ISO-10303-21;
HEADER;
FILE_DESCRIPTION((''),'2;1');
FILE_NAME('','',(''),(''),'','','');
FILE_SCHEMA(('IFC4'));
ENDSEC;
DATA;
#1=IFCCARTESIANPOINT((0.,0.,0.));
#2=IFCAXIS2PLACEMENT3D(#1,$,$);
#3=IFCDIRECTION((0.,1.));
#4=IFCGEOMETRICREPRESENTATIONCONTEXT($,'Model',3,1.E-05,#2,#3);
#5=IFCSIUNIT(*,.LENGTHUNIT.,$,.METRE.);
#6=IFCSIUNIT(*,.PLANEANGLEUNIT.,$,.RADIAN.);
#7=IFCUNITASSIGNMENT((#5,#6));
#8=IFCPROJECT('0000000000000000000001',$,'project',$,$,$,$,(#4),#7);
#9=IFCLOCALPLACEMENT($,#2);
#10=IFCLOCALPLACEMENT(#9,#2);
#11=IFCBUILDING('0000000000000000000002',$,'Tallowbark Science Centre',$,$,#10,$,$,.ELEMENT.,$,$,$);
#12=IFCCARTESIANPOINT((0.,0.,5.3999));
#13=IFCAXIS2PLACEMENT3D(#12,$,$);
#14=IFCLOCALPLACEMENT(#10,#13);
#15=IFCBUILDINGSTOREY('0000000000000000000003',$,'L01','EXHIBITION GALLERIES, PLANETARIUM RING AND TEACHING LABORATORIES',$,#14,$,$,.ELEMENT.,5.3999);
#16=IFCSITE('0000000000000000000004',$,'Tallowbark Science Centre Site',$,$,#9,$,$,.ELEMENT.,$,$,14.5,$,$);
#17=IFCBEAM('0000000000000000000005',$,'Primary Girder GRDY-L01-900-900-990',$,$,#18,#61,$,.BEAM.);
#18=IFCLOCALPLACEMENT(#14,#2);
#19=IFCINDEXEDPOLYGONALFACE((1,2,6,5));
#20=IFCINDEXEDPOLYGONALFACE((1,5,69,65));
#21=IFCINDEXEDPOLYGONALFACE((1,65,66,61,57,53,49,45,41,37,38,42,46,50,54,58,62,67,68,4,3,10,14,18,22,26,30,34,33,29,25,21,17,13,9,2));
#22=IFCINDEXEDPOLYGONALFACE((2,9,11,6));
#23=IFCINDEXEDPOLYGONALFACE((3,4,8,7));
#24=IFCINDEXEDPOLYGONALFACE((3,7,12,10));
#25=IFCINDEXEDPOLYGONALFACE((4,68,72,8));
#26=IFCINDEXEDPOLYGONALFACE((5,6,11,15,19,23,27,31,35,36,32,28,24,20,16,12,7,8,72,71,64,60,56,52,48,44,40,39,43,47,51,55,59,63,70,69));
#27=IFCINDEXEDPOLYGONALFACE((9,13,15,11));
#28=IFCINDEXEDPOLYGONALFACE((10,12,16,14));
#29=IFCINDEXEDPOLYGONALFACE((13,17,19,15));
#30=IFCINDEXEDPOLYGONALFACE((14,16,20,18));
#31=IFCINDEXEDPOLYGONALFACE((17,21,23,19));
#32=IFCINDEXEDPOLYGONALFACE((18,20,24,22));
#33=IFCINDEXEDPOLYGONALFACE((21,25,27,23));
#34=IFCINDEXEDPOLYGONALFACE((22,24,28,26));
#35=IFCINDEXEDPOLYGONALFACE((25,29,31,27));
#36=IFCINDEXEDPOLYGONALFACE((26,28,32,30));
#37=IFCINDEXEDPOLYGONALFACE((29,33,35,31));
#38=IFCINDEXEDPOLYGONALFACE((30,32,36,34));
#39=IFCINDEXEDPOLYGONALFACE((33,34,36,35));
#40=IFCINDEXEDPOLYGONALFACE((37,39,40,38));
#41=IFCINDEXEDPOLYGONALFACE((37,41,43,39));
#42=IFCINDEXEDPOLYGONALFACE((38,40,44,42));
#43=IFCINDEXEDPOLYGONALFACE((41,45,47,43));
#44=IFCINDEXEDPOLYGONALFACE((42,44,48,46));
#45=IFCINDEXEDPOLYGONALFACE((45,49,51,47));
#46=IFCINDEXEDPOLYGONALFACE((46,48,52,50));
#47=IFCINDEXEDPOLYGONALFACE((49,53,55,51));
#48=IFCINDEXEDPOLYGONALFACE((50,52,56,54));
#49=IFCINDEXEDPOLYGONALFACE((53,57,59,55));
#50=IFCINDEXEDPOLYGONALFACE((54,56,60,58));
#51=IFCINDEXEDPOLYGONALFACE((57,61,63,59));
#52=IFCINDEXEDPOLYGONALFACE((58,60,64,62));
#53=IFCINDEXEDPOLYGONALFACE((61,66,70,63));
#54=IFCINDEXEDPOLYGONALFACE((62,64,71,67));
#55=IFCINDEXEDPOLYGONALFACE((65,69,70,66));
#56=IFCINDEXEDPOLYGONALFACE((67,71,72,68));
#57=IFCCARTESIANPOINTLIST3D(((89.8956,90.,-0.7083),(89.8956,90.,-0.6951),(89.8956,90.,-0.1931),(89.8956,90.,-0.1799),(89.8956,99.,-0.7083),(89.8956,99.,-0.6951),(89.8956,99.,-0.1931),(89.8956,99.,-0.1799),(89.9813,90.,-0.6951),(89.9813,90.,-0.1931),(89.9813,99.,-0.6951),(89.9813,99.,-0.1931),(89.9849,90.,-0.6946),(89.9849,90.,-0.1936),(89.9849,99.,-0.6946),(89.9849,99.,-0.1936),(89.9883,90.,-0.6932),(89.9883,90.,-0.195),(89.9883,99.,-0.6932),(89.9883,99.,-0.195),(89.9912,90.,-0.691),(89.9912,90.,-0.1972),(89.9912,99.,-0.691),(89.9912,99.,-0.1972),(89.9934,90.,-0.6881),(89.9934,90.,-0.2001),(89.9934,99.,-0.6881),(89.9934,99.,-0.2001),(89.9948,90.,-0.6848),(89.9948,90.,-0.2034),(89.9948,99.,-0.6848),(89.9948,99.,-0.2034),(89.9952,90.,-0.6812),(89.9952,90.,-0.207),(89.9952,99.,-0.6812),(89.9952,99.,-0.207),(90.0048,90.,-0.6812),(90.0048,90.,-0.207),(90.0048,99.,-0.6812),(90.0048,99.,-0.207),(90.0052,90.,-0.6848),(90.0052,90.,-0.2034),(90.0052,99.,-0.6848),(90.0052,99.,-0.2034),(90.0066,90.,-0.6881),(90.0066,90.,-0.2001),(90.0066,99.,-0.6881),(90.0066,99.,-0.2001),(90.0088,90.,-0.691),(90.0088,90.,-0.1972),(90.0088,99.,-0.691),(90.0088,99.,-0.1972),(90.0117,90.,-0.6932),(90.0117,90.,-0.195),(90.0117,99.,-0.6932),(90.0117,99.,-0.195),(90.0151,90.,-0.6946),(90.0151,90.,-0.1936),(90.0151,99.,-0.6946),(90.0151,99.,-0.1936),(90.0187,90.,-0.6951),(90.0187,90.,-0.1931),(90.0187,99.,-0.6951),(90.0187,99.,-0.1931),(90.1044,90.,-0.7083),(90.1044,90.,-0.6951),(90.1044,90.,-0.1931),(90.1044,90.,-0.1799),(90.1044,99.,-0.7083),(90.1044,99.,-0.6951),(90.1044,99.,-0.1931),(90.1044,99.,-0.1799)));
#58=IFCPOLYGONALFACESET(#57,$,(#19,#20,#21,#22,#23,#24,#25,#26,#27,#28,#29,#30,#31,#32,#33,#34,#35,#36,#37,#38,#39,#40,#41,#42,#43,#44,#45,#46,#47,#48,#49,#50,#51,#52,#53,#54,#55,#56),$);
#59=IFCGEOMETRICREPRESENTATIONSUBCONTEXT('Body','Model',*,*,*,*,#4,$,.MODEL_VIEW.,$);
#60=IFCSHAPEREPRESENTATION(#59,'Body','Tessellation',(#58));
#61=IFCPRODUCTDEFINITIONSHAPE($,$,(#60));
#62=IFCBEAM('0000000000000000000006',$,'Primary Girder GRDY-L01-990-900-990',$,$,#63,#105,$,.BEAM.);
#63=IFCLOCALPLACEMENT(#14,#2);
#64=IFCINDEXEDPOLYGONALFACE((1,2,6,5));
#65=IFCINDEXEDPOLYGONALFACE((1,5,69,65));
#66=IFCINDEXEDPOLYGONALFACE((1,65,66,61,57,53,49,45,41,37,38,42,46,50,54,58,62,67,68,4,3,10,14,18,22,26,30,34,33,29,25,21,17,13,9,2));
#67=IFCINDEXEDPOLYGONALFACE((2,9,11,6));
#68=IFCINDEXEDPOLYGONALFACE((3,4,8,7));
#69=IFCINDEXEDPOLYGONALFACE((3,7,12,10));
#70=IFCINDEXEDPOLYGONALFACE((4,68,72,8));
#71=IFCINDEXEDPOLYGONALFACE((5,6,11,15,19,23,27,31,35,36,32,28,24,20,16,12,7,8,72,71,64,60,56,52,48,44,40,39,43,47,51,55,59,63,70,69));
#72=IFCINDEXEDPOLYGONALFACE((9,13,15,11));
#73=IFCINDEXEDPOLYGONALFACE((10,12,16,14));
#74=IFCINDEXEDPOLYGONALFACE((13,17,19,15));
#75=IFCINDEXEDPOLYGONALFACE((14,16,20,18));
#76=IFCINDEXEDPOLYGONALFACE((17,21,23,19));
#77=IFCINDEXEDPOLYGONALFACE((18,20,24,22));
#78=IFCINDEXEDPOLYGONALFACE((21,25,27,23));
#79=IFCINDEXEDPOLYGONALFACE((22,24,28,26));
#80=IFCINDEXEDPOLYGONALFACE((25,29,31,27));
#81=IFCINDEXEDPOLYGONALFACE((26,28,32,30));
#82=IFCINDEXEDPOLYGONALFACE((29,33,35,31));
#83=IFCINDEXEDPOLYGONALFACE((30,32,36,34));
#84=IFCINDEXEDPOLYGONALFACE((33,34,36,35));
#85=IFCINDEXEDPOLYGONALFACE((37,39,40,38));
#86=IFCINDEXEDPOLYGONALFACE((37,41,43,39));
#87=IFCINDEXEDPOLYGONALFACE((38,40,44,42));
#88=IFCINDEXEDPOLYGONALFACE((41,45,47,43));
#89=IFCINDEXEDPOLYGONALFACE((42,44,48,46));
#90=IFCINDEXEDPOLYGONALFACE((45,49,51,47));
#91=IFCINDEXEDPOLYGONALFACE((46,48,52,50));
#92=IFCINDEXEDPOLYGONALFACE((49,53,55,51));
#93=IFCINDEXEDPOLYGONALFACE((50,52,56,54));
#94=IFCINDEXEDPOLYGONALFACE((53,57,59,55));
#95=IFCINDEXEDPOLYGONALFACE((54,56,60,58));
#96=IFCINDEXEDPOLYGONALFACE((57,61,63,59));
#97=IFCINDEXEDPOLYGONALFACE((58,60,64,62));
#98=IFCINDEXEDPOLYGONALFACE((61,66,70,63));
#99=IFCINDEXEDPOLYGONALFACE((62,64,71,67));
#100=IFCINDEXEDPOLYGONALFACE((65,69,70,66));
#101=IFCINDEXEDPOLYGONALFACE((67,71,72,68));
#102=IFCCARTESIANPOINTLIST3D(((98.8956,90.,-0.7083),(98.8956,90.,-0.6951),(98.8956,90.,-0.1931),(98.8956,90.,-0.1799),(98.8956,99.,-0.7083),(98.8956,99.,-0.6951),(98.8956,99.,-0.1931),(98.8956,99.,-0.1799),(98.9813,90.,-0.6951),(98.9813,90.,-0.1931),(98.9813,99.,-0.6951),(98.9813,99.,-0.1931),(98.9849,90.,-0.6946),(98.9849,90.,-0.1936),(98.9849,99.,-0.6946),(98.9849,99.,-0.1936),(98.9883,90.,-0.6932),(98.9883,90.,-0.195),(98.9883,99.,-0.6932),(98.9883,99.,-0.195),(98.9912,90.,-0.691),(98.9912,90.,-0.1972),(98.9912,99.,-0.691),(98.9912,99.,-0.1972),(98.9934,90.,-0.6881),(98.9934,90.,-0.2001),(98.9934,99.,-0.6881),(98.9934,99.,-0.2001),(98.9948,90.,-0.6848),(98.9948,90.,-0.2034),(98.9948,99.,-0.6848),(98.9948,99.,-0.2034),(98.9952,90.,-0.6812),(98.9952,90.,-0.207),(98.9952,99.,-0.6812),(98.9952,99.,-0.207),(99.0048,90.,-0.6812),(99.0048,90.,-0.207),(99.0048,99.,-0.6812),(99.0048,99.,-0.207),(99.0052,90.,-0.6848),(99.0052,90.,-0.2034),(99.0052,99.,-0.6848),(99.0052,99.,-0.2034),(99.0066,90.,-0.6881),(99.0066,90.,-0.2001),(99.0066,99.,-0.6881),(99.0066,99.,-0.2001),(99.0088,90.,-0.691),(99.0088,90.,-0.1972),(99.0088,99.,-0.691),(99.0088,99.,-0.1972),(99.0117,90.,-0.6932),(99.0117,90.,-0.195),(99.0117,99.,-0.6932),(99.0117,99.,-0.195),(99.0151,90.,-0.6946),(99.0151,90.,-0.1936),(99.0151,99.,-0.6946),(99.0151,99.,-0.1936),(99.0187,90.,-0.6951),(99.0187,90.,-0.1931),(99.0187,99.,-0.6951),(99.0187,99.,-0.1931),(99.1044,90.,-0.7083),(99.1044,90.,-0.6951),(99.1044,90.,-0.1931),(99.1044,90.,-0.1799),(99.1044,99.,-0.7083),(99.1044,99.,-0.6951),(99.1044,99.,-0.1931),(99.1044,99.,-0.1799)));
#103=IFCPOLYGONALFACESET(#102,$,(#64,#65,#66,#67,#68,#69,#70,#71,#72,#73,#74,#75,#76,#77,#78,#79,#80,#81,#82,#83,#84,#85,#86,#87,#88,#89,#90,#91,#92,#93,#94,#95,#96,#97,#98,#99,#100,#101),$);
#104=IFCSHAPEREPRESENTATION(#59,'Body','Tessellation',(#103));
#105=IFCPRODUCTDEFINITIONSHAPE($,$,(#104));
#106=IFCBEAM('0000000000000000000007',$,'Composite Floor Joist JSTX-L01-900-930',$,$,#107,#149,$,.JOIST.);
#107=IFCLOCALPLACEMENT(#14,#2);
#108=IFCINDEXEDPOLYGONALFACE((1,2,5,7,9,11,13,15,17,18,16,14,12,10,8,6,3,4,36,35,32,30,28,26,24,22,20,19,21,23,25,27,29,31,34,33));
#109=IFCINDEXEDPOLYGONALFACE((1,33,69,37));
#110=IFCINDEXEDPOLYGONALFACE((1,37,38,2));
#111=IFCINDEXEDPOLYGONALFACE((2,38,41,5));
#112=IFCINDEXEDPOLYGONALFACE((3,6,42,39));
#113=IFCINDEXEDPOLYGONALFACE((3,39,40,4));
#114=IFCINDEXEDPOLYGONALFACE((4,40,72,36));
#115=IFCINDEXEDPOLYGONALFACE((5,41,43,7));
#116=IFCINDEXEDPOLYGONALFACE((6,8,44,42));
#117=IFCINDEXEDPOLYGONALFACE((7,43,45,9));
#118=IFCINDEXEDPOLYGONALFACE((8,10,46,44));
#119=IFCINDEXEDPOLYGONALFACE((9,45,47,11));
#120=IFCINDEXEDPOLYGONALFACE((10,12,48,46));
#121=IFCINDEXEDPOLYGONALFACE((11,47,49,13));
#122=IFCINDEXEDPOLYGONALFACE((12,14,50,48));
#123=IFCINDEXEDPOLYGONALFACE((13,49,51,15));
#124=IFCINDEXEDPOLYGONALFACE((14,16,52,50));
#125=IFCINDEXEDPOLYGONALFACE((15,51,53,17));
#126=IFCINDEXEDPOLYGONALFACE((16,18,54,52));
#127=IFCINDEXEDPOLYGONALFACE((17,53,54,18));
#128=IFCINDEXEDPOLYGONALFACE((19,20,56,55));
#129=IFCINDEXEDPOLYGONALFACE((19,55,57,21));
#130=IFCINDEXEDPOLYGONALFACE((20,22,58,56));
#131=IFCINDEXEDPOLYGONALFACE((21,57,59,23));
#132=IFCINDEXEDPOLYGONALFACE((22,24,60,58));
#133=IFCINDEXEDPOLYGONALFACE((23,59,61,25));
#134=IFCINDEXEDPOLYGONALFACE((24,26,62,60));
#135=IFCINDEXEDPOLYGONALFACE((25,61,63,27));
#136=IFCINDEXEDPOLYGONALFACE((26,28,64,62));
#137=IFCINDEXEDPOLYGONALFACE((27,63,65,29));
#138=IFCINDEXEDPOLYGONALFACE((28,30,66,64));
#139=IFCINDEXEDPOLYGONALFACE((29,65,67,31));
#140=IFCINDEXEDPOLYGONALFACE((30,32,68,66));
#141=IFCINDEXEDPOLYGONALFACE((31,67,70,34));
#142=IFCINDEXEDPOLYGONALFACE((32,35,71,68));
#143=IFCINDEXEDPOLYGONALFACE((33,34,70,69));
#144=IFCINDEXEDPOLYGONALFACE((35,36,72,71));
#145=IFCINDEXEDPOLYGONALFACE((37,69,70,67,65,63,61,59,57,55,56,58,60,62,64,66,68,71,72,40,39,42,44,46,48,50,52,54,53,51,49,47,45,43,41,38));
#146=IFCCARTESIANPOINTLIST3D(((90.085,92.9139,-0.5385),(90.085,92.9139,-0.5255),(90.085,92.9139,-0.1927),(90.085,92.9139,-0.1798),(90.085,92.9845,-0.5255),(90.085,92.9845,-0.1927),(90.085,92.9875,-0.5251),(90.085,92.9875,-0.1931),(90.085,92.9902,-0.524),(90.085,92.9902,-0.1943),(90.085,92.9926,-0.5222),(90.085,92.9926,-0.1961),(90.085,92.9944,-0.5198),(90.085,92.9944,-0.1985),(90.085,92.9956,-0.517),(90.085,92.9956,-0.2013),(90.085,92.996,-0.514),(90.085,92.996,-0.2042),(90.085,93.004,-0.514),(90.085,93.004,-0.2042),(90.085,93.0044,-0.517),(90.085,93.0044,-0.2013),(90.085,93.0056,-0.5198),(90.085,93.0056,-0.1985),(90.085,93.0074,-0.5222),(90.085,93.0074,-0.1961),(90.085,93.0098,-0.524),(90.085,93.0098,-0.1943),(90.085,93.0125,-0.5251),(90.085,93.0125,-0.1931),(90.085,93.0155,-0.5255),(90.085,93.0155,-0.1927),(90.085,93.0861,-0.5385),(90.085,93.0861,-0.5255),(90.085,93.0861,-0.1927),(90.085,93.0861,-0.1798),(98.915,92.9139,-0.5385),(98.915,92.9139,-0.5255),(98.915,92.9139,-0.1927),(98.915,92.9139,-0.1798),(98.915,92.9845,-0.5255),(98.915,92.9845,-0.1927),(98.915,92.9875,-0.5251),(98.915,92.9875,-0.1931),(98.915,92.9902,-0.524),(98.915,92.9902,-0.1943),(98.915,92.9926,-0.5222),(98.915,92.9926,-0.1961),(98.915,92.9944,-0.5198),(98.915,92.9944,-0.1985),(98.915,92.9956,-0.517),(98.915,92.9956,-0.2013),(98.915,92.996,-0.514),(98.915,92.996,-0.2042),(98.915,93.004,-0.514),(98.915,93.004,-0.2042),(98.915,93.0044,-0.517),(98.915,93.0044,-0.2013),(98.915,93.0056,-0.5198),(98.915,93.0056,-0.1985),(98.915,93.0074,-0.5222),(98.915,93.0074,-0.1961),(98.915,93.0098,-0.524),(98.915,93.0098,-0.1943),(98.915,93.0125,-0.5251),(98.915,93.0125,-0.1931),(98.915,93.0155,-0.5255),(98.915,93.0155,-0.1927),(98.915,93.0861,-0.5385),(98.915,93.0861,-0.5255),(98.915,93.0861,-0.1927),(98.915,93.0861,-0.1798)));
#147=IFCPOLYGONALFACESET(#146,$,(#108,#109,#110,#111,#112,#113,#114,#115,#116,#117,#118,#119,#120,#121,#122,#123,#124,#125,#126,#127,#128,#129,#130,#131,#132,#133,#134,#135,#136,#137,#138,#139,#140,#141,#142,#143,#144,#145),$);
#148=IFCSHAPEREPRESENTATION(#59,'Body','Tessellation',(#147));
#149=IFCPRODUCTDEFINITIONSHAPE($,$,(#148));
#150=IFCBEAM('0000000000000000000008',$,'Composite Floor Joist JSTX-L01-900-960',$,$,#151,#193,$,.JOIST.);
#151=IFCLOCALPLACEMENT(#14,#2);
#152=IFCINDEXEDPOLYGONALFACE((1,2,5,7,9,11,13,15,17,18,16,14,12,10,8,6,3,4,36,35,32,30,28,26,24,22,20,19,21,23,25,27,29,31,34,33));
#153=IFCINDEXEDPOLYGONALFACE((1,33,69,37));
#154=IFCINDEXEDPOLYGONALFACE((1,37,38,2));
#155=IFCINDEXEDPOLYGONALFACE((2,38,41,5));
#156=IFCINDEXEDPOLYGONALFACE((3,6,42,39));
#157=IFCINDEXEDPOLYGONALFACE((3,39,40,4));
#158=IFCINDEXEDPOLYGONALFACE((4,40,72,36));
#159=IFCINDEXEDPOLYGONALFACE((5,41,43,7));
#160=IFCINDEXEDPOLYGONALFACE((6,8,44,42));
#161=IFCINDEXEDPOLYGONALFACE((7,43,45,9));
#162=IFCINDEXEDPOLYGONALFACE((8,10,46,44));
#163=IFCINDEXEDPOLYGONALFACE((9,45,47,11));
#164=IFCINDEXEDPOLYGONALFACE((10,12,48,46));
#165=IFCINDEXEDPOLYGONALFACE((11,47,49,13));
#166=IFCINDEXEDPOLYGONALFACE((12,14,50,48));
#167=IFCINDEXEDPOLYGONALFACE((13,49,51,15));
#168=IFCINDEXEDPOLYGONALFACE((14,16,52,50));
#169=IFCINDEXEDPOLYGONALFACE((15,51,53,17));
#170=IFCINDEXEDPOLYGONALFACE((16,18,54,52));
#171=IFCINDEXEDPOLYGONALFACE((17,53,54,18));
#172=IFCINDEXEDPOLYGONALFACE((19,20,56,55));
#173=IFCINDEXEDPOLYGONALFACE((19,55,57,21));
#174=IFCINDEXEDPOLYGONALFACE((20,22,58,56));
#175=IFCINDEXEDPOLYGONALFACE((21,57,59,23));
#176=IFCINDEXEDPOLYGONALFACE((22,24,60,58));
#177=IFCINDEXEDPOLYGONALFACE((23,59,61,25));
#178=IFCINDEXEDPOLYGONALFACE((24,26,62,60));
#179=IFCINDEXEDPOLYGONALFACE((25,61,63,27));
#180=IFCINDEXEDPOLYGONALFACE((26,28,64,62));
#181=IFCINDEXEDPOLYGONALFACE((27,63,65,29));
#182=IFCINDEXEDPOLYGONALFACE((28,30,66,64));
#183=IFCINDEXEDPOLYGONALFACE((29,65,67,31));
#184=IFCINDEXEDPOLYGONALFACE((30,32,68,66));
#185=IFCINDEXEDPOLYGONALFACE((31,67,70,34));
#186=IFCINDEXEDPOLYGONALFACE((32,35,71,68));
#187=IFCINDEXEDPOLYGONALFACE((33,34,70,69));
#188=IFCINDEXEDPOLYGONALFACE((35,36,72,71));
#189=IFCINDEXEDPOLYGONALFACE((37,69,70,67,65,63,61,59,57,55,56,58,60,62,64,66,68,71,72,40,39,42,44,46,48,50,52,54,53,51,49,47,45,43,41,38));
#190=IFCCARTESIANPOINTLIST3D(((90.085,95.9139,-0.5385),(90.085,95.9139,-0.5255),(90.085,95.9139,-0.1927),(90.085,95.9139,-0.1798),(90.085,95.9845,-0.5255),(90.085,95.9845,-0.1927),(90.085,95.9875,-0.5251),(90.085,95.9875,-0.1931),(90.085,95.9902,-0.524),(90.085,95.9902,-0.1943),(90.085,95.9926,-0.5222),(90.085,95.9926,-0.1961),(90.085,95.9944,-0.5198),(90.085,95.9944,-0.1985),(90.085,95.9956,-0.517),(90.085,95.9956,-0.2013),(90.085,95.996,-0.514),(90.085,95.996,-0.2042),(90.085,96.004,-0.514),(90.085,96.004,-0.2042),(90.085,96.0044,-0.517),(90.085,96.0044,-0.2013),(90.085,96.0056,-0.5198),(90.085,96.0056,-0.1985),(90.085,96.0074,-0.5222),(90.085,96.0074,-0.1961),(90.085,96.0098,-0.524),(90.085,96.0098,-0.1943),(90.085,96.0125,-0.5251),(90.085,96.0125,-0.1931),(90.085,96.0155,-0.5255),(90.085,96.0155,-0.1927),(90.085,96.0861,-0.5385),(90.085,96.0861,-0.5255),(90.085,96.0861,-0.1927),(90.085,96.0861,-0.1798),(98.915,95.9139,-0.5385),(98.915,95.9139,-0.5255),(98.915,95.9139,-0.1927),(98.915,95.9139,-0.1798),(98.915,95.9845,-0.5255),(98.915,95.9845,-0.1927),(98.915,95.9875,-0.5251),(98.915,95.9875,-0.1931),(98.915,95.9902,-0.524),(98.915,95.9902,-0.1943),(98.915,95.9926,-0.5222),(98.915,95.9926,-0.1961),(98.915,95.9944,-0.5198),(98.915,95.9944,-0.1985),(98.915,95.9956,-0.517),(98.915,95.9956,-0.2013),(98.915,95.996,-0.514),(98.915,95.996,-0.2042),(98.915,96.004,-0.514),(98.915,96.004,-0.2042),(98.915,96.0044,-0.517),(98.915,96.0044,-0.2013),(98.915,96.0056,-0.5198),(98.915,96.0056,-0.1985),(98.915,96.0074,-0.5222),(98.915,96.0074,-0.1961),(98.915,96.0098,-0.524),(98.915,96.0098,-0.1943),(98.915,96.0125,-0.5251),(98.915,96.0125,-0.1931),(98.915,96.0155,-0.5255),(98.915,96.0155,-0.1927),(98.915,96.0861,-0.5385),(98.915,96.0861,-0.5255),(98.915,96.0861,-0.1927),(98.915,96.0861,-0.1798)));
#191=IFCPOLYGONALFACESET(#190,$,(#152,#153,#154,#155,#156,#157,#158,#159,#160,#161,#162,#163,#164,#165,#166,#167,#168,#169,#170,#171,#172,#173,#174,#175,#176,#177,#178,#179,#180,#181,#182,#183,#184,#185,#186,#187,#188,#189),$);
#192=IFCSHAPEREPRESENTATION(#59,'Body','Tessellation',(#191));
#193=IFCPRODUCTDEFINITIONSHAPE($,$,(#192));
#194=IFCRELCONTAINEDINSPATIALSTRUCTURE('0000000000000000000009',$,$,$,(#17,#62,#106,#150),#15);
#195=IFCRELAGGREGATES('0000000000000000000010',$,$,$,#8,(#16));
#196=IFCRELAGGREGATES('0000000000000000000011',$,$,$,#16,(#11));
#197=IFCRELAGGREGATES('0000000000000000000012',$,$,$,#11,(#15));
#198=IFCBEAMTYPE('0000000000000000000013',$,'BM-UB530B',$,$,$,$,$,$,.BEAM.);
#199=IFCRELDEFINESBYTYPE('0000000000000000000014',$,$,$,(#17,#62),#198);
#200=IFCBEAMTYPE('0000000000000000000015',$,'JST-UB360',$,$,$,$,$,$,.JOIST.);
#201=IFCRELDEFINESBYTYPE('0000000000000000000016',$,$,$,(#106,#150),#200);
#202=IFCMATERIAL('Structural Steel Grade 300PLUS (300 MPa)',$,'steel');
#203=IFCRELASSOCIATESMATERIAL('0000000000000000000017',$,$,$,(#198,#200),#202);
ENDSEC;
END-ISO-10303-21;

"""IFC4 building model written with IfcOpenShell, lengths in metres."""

from ifc_helpers import new_model, si_unit, direction, frame, origin, origin_2d, place, context, subcontext, project, spatial, i_section, extrude, material, material_profile, profile_set, type_object, element, save


model = new_model("IFC4")

# Units and contexts
model_context = context("Model", 3, precision=1e-05, world=origin(), true_north=direction((0.0, 1.0)))
body_context = subcontext(model_context, "Body", "Model", "MODEL_VIEW")
ifc_project = project(units=[si_unit("LENGTHUNIT", "METRE"), si_unit("PLANEANGLEUNIT", "RADIAN")], contexts=[model_context])

# Site, building, storey
site_placement = place(None, origin())
site = spatial("IfcSite", under=ifc_project, at=site_placement, Name="Tallowbark Science Centre Site", CompositionType="ELEMENT", RefElevation=14.5)
building_placement = place(site_placement, origin())
building = spatial("IfcBuilding", under=site, at=building_placement, Name="Tallowbark Science Centre", CompositionType="ELEMENT")
storey_placement = place(building_placement, frame((0.0, 0.0, 5.3999)))
storey = spatial("IfcBuildingStorey", under=building, at=storey_placement, Name="L01", Description="EXHIBITION GALLERIES, PLANETARIUM RING AND TEACHING LABORATORIES", CompositionType="ELEMENT", Elevation=5.3999)

# Shared definitions
ifc_material_1 = material(Name="Structural Steel Grade 300PLUS (300 MPa)", Category="steel")

# Beams
ifc_material_profile_1 = material_profile(ifc_material_1, i_section(OverallWidth=0.2087, OverallDepth=0.5283, WebThickness=0.0095, FlangeThickness=0.0132, FilletRadius=0.0139, at=origin_2d()), Name="530UB82.0")
ifc_profile_set_1 = profile_set([ifc_material_profile_1], Name="Structural Steel Grade 300PLUS (300 MPa)")
beam_type_1 = type_object("IfcBeamType", Name="BM-UB530B", PredefinedType="BEAM", material=ifc_profile_set_1)
for number, where, z_axis, x_axis, name in (
    (1, (90.0, 90.0, -0.4441), (0.0, 1.0, 0.0), (-1.0, 0.0, 0.0), "Primary Girder GRDY-L01-900-900-990"),
    (2, (99.0, 90.0, -0.4441), (0.0, 1.0, 0.0), (-1.0, 0.0, 0.0), "Primary Girder GRDY-L01-990-900-990"),
):
    element("IfcBeam", number, at=place(storey_placement, frame(where, z_axis=z_axis, x_axis=x_axis)), inside=storey, type_object=beam_type_1, Name=name, PredefinedType="BEAM", context=body_context, shape_type="SweptSolid", body=[
        extrude(i_section(OverallWidth=0.2087, OverallDepth=0.5283, WebThickness=0.0095, FlangeThickness=0.0132, FilletRadius=0.0139, at=origin_2d()), origin(), (0.0, 0.0, 1.0), 9.0),
    ])
ifc_material_profile_2 = material_profile(ifc_material_1, i_section(OverallWidth=0.1721, OverallDepth=0.3586, WebThickness=0.0081, FlangeThickness=0.0129, FilletRadius=0.0115, at=origin_2d()), Name="360UB56.7")
ifc_profile_set_2 = profile_set([ifc_material_profile_2], Name="Structural Steel Grade 300PLUS (300 MPa)")
beam_type_2 = type_object("IfcBeamType", Name="JST-UB360", PredefinedType="JOIST", material=ifc_profile_set_2)
for number, where, z_axis, x_axis, name in (
    (3, (90.085, 93.0, -0.3591), (1.0, 0.0, 0.0), (0.0, 1.0, 0.0), "Composite Floor Joist JSTX-L01-900-930"),
    (4, (90.085, 96.0, -0.3591), (1.0, 0.0, 0.0), (0.0, 1.0, 0.0), "Composite Floor Joist JSTX-L01-900-960"),
):
    element("IfcBeam", number, at=place(storey_placement, frame(where, z_axis=z_axis, x_axis=x_axis)), inside=storey, type_object=beam_type_2, Name=name, PredefinedType="JOIST", context=body_context, shape_type="SweptSolid", body=[
        extrude(i_section(OverallWidth=0.1721, OverallDepth=0.3586, WebThickness=0.0081, FlangeThickness=0.0129, FilletRadius=0.0115, at=origin_2d()), origin(), (0.0, 0.0, 1.0), 8.8301),
    ])

save(model, "model.ifc")
